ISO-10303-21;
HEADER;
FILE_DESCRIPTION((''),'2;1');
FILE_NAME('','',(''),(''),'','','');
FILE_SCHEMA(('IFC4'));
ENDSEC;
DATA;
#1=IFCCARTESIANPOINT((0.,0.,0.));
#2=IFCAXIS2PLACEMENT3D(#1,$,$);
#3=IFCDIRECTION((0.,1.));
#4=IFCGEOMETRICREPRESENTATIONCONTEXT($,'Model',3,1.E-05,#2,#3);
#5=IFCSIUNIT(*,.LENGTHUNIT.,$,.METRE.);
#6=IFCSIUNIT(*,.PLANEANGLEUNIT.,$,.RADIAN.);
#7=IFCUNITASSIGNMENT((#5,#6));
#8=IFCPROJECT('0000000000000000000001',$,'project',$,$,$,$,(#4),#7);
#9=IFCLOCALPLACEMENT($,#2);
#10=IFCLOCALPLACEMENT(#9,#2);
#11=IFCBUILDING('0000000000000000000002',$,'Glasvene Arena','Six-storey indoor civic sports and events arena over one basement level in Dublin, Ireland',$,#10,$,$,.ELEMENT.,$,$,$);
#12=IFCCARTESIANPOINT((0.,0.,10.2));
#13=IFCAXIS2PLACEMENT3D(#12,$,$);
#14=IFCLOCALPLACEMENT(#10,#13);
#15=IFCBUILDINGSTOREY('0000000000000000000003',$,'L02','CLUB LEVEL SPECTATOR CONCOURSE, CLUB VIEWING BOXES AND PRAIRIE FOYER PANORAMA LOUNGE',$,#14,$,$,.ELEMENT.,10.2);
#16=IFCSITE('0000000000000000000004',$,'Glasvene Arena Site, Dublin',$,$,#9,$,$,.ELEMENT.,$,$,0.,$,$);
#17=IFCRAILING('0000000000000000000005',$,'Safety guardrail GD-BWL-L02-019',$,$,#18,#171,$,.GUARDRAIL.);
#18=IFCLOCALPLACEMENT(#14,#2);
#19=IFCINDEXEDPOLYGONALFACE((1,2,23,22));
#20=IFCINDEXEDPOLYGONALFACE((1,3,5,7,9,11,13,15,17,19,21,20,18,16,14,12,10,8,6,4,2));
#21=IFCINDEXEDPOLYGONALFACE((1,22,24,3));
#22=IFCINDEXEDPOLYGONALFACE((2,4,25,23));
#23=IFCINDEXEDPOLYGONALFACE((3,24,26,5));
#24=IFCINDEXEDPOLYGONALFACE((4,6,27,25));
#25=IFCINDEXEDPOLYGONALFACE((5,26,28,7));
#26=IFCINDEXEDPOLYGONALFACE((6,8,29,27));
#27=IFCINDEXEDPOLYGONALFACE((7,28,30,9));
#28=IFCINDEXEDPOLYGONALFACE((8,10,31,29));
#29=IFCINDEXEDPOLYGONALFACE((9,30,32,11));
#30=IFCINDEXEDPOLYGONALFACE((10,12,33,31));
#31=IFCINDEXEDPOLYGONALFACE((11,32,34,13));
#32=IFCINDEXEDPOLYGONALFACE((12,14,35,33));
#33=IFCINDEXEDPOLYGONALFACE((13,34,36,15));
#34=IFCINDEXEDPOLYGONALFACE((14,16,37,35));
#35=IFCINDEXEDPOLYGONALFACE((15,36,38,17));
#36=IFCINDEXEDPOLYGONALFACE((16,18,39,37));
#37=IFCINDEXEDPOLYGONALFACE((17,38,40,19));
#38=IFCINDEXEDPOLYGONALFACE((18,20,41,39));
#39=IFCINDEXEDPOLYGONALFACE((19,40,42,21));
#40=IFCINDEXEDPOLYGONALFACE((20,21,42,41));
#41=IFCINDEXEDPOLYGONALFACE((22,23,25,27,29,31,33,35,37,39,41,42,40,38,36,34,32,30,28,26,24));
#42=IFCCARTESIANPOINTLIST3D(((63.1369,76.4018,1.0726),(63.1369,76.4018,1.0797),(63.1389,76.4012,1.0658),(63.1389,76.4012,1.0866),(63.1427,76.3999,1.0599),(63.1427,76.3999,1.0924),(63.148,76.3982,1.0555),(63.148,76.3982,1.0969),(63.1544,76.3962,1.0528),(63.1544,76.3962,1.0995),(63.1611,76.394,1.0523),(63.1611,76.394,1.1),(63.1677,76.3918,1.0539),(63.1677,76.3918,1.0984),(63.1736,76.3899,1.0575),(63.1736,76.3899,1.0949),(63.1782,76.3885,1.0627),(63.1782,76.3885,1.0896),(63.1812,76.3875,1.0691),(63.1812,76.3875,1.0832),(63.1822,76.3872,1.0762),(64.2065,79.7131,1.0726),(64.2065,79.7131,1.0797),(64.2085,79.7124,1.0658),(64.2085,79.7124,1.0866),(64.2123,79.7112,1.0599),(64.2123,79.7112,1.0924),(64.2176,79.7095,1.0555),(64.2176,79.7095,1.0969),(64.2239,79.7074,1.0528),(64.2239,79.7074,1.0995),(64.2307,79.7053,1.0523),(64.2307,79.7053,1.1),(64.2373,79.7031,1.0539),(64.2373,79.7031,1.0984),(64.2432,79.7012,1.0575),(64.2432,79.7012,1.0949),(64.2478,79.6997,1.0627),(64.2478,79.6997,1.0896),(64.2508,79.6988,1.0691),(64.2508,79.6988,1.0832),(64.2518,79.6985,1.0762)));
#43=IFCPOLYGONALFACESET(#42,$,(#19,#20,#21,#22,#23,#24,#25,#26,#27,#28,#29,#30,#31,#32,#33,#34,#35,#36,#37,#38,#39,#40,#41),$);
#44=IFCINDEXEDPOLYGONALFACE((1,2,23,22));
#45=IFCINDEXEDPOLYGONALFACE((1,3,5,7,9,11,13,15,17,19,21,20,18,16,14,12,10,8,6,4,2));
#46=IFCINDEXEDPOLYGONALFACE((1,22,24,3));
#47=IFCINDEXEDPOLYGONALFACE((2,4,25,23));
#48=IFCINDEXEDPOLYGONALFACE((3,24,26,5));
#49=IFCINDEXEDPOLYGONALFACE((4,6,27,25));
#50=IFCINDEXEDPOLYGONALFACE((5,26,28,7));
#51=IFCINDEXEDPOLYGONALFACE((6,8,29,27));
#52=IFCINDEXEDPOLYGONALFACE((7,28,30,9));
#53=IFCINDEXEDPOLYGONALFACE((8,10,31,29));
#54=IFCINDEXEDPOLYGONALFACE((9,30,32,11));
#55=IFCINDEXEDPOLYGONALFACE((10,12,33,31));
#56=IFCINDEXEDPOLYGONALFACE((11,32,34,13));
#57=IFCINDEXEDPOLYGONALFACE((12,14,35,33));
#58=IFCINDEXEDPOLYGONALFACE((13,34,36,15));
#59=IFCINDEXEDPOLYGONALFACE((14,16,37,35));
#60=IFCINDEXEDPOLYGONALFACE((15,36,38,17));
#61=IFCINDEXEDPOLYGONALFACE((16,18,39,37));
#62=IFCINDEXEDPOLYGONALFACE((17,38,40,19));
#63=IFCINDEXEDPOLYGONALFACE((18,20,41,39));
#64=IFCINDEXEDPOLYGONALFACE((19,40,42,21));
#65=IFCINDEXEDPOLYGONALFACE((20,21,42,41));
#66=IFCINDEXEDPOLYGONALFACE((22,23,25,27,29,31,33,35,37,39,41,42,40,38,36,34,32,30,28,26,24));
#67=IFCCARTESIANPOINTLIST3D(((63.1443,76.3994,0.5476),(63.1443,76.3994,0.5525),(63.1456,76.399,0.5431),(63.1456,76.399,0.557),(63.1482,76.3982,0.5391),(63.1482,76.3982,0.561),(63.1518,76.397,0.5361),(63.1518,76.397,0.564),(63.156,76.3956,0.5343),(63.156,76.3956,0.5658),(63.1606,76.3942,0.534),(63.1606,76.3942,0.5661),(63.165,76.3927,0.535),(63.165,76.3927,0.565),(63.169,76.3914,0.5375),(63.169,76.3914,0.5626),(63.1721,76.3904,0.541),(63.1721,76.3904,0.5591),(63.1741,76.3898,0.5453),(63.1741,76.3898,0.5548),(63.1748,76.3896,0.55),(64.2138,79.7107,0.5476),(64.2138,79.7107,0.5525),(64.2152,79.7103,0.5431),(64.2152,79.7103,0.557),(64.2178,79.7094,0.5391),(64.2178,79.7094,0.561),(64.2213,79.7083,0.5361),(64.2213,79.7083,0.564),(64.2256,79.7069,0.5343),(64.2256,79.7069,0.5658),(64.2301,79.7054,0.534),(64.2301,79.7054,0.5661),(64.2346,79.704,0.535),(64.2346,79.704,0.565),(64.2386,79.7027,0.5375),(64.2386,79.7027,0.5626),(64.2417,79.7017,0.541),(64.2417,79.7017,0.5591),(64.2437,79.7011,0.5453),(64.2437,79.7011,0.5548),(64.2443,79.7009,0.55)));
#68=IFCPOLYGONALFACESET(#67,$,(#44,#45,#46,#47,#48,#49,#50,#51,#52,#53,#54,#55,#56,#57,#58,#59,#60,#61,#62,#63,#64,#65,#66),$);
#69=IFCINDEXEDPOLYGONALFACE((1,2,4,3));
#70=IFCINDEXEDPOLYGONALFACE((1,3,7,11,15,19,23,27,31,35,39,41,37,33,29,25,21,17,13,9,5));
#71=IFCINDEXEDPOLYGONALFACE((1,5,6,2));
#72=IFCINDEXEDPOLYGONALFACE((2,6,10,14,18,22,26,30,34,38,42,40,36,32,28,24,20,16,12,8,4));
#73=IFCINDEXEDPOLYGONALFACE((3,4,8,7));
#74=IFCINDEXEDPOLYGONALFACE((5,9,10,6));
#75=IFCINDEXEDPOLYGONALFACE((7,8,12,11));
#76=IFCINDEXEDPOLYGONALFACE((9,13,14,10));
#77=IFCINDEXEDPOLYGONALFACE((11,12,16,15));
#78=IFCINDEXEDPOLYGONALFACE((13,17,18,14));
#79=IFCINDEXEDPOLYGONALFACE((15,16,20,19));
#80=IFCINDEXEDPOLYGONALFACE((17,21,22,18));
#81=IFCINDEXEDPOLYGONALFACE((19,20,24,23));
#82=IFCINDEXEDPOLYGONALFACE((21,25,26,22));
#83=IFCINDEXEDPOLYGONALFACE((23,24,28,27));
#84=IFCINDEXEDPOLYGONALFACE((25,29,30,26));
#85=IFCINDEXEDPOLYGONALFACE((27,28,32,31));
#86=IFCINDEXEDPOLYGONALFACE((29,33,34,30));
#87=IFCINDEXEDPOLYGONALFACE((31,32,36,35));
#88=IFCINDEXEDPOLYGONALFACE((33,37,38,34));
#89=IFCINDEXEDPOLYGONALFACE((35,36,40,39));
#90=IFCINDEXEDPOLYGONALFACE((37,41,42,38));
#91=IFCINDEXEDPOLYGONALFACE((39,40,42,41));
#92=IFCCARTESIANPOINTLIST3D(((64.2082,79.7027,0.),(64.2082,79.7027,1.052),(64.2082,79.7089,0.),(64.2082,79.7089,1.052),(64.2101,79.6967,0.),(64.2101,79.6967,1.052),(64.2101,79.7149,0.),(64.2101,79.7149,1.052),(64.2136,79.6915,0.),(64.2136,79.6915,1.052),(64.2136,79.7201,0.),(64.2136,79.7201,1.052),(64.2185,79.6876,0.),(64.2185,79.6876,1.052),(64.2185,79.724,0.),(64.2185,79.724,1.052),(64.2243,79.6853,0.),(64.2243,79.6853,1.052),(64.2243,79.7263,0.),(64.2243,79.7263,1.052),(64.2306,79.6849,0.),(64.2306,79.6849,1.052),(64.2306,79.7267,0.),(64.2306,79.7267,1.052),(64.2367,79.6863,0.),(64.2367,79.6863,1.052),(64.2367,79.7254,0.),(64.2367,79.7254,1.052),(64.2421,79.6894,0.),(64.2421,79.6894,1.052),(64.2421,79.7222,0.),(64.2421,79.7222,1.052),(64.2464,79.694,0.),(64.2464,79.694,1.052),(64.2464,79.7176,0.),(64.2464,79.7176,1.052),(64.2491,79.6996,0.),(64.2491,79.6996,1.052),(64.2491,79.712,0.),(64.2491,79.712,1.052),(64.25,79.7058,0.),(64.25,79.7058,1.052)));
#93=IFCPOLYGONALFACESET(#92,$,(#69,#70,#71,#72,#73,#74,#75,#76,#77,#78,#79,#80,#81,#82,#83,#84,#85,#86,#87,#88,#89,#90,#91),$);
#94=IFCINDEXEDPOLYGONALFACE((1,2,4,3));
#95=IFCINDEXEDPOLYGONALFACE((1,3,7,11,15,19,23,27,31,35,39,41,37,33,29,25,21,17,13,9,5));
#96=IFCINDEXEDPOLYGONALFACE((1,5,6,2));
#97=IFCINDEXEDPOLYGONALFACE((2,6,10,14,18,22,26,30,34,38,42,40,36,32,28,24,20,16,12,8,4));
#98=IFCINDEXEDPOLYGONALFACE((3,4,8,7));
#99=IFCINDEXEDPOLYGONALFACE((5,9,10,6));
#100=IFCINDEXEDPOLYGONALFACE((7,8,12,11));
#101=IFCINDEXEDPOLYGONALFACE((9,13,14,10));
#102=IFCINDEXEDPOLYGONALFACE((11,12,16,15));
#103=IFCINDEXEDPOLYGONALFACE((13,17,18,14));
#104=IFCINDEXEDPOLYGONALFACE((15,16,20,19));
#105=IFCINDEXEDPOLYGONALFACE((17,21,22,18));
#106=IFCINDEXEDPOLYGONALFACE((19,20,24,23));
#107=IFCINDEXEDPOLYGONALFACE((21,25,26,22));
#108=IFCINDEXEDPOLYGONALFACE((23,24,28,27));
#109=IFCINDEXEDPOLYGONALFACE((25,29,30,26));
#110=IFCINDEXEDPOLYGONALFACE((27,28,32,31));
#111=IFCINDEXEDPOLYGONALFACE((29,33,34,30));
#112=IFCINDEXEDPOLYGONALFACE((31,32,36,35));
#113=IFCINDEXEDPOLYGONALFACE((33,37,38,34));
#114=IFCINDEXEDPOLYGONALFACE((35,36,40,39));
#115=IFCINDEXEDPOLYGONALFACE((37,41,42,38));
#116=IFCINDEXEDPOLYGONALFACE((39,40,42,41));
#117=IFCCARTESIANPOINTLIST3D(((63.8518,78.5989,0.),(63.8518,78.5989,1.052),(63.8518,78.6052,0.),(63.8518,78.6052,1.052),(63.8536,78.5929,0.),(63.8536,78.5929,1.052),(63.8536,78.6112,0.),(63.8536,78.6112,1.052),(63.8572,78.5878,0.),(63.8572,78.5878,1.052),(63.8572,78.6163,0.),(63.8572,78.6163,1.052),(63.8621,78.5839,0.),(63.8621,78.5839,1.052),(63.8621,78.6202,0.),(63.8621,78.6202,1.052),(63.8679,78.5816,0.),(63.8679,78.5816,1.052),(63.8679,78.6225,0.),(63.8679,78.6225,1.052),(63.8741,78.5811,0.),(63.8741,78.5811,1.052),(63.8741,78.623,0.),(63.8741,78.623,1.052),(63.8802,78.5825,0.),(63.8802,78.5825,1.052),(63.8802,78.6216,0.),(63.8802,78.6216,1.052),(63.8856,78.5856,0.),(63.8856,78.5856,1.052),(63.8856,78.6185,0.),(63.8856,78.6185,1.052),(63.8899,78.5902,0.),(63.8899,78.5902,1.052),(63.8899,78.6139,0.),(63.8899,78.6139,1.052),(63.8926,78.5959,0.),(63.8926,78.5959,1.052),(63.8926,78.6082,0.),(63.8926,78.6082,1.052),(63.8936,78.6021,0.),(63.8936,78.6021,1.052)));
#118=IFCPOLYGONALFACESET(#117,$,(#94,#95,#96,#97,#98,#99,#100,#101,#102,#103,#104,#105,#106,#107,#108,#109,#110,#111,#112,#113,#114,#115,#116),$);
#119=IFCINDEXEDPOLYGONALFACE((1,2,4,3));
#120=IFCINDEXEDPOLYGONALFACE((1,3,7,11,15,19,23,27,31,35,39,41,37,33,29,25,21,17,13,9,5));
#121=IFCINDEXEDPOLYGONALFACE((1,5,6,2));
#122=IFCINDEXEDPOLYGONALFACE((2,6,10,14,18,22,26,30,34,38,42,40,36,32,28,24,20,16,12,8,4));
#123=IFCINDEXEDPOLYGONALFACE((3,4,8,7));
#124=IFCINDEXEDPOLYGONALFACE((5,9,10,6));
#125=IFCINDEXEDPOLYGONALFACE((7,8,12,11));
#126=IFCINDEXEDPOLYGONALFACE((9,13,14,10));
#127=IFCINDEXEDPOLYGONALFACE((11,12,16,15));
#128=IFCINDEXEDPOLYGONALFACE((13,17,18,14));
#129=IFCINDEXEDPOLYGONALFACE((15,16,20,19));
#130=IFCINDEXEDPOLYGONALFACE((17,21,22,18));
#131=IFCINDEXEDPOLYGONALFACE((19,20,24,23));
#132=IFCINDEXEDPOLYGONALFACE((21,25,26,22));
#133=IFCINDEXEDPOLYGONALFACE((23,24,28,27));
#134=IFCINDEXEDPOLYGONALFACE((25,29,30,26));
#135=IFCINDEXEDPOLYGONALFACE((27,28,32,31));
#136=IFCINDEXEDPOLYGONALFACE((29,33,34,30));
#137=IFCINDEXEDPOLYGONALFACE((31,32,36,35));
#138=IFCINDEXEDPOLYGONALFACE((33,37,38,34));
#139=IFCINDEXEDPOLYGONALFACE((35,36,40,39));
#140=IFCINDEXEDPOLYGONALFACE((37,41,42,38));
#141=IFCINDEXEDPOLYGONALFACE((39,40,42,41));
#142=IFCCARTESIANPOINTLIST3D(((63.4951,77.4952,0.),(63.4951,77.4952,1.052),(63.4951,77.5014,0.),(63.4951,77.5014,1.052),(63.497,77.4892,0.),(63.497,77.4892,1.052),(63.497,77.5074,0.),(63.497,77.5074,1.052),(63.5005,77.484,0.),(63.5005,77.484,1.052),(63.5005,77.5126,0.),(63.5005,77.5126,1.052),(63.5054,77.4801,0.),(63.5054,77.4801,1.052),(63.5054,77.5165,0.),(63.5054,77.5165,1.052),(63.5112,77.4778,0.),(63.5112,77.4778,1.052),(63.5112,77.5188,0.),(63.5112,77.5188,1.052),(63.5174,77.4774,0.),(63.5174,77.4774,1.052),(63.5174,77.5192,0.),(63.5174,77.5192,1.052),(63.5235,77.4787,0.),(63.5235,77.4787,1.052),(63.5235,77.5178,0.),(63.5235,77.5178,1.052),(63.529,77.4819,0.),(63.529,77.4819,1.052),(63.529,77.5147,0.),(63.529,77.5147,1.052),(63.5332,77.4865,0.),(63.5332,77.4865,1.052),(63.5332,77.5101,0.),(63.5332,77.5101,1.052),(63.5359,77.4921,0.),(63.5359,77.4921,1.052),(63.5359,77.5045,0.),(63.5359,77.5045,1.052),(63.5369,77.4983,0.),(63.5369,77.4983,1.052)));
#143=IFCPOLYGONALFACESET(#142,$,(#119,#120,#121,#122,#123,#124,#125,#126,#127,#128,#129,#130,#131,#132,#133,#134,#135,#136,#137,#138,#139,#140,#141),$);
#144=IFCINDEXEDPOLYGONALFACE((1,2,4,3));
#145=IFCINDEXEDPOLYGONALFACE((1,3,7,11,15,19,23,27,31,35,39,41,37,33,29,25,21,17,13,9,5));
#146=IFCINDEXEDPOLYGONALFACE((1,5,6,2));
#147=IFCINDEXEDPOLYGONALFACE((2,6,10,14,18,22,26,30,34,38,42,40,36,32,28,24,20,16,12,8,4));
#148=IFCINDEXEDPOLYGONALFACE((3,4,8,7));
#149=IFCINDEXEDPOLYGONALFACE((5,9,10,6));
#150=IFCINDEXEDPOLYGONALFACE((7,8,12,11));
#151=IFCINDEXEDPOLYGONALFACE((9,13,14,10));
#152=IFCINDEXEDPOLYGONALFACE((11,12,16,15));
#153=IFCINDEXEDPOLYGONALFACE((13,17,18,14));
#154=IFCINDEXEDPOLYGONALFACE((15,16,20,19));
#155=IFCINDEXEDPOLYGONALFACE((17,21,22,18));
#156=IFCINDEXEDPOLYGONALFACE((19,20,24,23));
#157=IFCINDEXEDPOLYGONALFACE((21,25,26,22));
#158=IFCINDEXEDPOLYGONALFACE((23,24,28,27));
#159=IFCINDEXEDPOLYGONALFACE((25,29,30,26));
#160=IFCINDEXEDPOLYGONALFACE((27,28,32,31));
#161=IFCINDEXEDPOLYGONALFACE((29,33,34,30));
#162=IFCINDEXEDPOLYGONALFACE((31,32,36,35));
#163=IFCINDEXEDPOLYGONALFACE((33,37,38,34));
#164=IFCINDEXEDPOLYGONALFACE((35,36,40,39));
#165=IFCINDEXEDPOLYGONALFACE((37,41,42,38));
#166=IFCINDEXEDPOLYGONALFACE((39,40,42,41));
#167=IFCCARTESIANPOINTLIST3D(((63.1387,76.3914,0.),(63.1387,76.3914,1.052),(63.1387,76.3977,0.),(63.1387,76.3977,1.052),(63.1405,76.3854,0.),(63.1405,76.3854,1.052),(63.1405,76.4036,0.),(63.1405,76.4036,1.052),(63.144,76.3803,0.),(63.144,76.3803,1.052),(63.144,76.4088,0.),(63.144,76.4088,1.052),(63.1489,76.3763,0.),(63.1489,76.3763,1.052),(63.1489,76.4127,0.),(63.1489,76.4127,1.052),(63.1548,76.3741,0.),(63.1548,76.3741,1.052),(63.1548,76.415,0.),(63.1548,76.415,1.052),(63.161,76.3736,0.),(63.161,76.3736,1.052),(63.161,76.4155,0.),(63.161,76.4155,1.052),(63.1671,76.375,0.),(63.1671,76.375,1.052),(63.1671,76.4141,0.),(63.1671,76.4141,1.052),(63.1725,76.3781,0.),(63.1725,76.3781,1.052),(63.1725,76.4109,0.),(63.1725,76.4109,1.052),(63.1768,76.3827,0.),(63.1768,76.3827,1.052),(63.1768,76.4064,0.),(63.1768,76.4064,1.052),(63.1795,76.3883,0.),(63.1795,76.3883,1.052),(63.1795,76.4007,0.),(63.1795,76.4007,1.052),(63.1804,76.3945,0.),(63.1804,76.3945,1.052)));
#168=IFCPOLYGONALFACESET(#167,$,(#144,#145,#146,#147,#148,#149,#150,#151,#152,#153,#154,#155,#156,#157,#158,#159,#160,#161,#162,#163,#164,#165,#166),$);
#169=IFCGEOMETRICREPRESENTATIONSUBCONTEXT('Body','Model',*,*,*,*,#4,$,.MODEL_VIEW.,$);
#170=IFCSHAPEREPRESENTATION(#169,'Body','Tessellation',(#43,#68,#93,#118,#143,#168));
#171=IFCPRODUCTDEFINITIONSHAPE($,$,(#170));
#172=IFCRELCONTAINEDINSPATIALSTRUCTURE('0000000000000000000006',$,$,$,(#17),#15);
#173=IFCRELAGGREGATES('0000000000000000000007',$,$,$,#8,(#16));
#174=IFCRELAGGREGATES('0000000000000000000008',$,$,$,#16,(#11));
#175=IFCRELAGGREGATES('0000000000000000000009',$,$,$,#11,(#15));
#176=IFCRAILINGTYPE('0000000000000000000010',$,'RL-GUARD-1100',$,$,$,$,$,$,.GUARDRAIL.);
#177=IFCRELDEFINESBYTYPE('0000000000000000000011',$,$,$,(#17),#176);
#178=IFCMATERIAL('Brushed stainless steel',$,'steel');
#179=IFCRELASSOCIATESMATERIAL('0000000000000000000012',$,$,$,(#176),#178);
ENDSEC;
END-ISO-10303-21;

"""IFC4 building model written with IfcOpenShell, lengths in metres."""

from ifc_helpers import new_model, si_unit, direction, frame, origin, origin_2d, place, context, subcontext, project, spatial, circle, extrude, material, type_object, element, save


model = new_model("IFC4")

# Units and contexts
model_context = context("Model", 3, precision=1e-05, world=origin(), true_north=direction((0.0, 1.0)))
body_context = subcontext(model_context, "Body", "Model", "MODEL_VIEW")
ifc_project = project(units=[si_unit("LENGTHUNIT", "METRE"), si_unit("PLANEANGLEUNIT", "RADIAN")], contexts=[model_context])

# Site, building, storey
site_placement = place(None, origin())
site = spatial("IfcSite", under=ifc_project, at=site_placement, Name="Glasvene Arena Site, Dublin", CompositionType="ELEMENT", RefElevation=0.0)
building_placement = place(site_placement, origin())
building = spatial("IfcBuilding", under=site, at=building_placement, Name="Glasvene Arena", Description="Six-storey indoor civic sports and events arena over one basement level in Dublin, Ireland", CompositionType="ELEMENT")
storey_placement = place(building_placement, frame((0.0, 0.0, 10.2)))
storey = spatial("IfcBuildingStorey", under=building, at=storey_placement, Name="L02", Description="CLUB LEVEL SPECTATOR CONCOURSE, CLUB VIEWING BOXES AND PRAIRIE FOYER PANORAMA LOUNGE", CompositionType="ELEMENT", Elevation=10.2)

# Railing
ifc_material_1 = material(Name="Brushed stainless steel", Category="steel")
railing_type = type_object("IfcRailingType", Name="RL-GUARD-1100", PredefinedType="GUARDRAIL", material=ifc_material_1)
railing_1_placement = place(storey_placement, frame((64.229, 79.7058, 0.0)))
element("IfcRailing", 1, at=railing_1_placement, inside=storey, type_object=railing_type, Name="Safety guardrail GD-BWL-L02-019", PredefinedType="GUARDRAIL", context=body_context, shape_type="SweptSolid", body=[
    extrude(circle(Radius=0.0239, at=origin_2d()), frame((0.0, 0.0, 1.0762), z_axis=(-0.307374, -0.951589, 0.0), x_axis=(0.951589, -0.307374, 0.0)), (0.0, 0.0, 1.0), 3.4797),
    extrude(circle(Radius=0.0161, at=origin_2d()), frame((0.0, 0.0, 0.55), z_axis=(-0.307374, -0.951589, 0.0), x_axis=(0.951589, -0.307374, 0.0)), (0.0, 0.0, 1.0), 3.4797),
    extrude(circle(Radius=0.021, at=origin_2d()), origin(), (0.0, 0.0, 1.0), 1.052),
    extrude(circle(Radius=0.021, at=origin_2d()), frame((-0.3564, -1.1038, 0.0)), (0.0, 0.0, 1.0), 1.052),
    extrude(circle(Radius=0.021, at=origin_2d()), frame((-0.7131, -2.2075, 0.0)), (0.0, 0.0, 1.0), 1.052),
    extrude(circle(Radius=0.021, at=origin_2d()), frame((-1.0696, -3.3113, 0.0)), (0.0, 0.0, 1.0), 1.052),
])

save(model, "model.ifc")
